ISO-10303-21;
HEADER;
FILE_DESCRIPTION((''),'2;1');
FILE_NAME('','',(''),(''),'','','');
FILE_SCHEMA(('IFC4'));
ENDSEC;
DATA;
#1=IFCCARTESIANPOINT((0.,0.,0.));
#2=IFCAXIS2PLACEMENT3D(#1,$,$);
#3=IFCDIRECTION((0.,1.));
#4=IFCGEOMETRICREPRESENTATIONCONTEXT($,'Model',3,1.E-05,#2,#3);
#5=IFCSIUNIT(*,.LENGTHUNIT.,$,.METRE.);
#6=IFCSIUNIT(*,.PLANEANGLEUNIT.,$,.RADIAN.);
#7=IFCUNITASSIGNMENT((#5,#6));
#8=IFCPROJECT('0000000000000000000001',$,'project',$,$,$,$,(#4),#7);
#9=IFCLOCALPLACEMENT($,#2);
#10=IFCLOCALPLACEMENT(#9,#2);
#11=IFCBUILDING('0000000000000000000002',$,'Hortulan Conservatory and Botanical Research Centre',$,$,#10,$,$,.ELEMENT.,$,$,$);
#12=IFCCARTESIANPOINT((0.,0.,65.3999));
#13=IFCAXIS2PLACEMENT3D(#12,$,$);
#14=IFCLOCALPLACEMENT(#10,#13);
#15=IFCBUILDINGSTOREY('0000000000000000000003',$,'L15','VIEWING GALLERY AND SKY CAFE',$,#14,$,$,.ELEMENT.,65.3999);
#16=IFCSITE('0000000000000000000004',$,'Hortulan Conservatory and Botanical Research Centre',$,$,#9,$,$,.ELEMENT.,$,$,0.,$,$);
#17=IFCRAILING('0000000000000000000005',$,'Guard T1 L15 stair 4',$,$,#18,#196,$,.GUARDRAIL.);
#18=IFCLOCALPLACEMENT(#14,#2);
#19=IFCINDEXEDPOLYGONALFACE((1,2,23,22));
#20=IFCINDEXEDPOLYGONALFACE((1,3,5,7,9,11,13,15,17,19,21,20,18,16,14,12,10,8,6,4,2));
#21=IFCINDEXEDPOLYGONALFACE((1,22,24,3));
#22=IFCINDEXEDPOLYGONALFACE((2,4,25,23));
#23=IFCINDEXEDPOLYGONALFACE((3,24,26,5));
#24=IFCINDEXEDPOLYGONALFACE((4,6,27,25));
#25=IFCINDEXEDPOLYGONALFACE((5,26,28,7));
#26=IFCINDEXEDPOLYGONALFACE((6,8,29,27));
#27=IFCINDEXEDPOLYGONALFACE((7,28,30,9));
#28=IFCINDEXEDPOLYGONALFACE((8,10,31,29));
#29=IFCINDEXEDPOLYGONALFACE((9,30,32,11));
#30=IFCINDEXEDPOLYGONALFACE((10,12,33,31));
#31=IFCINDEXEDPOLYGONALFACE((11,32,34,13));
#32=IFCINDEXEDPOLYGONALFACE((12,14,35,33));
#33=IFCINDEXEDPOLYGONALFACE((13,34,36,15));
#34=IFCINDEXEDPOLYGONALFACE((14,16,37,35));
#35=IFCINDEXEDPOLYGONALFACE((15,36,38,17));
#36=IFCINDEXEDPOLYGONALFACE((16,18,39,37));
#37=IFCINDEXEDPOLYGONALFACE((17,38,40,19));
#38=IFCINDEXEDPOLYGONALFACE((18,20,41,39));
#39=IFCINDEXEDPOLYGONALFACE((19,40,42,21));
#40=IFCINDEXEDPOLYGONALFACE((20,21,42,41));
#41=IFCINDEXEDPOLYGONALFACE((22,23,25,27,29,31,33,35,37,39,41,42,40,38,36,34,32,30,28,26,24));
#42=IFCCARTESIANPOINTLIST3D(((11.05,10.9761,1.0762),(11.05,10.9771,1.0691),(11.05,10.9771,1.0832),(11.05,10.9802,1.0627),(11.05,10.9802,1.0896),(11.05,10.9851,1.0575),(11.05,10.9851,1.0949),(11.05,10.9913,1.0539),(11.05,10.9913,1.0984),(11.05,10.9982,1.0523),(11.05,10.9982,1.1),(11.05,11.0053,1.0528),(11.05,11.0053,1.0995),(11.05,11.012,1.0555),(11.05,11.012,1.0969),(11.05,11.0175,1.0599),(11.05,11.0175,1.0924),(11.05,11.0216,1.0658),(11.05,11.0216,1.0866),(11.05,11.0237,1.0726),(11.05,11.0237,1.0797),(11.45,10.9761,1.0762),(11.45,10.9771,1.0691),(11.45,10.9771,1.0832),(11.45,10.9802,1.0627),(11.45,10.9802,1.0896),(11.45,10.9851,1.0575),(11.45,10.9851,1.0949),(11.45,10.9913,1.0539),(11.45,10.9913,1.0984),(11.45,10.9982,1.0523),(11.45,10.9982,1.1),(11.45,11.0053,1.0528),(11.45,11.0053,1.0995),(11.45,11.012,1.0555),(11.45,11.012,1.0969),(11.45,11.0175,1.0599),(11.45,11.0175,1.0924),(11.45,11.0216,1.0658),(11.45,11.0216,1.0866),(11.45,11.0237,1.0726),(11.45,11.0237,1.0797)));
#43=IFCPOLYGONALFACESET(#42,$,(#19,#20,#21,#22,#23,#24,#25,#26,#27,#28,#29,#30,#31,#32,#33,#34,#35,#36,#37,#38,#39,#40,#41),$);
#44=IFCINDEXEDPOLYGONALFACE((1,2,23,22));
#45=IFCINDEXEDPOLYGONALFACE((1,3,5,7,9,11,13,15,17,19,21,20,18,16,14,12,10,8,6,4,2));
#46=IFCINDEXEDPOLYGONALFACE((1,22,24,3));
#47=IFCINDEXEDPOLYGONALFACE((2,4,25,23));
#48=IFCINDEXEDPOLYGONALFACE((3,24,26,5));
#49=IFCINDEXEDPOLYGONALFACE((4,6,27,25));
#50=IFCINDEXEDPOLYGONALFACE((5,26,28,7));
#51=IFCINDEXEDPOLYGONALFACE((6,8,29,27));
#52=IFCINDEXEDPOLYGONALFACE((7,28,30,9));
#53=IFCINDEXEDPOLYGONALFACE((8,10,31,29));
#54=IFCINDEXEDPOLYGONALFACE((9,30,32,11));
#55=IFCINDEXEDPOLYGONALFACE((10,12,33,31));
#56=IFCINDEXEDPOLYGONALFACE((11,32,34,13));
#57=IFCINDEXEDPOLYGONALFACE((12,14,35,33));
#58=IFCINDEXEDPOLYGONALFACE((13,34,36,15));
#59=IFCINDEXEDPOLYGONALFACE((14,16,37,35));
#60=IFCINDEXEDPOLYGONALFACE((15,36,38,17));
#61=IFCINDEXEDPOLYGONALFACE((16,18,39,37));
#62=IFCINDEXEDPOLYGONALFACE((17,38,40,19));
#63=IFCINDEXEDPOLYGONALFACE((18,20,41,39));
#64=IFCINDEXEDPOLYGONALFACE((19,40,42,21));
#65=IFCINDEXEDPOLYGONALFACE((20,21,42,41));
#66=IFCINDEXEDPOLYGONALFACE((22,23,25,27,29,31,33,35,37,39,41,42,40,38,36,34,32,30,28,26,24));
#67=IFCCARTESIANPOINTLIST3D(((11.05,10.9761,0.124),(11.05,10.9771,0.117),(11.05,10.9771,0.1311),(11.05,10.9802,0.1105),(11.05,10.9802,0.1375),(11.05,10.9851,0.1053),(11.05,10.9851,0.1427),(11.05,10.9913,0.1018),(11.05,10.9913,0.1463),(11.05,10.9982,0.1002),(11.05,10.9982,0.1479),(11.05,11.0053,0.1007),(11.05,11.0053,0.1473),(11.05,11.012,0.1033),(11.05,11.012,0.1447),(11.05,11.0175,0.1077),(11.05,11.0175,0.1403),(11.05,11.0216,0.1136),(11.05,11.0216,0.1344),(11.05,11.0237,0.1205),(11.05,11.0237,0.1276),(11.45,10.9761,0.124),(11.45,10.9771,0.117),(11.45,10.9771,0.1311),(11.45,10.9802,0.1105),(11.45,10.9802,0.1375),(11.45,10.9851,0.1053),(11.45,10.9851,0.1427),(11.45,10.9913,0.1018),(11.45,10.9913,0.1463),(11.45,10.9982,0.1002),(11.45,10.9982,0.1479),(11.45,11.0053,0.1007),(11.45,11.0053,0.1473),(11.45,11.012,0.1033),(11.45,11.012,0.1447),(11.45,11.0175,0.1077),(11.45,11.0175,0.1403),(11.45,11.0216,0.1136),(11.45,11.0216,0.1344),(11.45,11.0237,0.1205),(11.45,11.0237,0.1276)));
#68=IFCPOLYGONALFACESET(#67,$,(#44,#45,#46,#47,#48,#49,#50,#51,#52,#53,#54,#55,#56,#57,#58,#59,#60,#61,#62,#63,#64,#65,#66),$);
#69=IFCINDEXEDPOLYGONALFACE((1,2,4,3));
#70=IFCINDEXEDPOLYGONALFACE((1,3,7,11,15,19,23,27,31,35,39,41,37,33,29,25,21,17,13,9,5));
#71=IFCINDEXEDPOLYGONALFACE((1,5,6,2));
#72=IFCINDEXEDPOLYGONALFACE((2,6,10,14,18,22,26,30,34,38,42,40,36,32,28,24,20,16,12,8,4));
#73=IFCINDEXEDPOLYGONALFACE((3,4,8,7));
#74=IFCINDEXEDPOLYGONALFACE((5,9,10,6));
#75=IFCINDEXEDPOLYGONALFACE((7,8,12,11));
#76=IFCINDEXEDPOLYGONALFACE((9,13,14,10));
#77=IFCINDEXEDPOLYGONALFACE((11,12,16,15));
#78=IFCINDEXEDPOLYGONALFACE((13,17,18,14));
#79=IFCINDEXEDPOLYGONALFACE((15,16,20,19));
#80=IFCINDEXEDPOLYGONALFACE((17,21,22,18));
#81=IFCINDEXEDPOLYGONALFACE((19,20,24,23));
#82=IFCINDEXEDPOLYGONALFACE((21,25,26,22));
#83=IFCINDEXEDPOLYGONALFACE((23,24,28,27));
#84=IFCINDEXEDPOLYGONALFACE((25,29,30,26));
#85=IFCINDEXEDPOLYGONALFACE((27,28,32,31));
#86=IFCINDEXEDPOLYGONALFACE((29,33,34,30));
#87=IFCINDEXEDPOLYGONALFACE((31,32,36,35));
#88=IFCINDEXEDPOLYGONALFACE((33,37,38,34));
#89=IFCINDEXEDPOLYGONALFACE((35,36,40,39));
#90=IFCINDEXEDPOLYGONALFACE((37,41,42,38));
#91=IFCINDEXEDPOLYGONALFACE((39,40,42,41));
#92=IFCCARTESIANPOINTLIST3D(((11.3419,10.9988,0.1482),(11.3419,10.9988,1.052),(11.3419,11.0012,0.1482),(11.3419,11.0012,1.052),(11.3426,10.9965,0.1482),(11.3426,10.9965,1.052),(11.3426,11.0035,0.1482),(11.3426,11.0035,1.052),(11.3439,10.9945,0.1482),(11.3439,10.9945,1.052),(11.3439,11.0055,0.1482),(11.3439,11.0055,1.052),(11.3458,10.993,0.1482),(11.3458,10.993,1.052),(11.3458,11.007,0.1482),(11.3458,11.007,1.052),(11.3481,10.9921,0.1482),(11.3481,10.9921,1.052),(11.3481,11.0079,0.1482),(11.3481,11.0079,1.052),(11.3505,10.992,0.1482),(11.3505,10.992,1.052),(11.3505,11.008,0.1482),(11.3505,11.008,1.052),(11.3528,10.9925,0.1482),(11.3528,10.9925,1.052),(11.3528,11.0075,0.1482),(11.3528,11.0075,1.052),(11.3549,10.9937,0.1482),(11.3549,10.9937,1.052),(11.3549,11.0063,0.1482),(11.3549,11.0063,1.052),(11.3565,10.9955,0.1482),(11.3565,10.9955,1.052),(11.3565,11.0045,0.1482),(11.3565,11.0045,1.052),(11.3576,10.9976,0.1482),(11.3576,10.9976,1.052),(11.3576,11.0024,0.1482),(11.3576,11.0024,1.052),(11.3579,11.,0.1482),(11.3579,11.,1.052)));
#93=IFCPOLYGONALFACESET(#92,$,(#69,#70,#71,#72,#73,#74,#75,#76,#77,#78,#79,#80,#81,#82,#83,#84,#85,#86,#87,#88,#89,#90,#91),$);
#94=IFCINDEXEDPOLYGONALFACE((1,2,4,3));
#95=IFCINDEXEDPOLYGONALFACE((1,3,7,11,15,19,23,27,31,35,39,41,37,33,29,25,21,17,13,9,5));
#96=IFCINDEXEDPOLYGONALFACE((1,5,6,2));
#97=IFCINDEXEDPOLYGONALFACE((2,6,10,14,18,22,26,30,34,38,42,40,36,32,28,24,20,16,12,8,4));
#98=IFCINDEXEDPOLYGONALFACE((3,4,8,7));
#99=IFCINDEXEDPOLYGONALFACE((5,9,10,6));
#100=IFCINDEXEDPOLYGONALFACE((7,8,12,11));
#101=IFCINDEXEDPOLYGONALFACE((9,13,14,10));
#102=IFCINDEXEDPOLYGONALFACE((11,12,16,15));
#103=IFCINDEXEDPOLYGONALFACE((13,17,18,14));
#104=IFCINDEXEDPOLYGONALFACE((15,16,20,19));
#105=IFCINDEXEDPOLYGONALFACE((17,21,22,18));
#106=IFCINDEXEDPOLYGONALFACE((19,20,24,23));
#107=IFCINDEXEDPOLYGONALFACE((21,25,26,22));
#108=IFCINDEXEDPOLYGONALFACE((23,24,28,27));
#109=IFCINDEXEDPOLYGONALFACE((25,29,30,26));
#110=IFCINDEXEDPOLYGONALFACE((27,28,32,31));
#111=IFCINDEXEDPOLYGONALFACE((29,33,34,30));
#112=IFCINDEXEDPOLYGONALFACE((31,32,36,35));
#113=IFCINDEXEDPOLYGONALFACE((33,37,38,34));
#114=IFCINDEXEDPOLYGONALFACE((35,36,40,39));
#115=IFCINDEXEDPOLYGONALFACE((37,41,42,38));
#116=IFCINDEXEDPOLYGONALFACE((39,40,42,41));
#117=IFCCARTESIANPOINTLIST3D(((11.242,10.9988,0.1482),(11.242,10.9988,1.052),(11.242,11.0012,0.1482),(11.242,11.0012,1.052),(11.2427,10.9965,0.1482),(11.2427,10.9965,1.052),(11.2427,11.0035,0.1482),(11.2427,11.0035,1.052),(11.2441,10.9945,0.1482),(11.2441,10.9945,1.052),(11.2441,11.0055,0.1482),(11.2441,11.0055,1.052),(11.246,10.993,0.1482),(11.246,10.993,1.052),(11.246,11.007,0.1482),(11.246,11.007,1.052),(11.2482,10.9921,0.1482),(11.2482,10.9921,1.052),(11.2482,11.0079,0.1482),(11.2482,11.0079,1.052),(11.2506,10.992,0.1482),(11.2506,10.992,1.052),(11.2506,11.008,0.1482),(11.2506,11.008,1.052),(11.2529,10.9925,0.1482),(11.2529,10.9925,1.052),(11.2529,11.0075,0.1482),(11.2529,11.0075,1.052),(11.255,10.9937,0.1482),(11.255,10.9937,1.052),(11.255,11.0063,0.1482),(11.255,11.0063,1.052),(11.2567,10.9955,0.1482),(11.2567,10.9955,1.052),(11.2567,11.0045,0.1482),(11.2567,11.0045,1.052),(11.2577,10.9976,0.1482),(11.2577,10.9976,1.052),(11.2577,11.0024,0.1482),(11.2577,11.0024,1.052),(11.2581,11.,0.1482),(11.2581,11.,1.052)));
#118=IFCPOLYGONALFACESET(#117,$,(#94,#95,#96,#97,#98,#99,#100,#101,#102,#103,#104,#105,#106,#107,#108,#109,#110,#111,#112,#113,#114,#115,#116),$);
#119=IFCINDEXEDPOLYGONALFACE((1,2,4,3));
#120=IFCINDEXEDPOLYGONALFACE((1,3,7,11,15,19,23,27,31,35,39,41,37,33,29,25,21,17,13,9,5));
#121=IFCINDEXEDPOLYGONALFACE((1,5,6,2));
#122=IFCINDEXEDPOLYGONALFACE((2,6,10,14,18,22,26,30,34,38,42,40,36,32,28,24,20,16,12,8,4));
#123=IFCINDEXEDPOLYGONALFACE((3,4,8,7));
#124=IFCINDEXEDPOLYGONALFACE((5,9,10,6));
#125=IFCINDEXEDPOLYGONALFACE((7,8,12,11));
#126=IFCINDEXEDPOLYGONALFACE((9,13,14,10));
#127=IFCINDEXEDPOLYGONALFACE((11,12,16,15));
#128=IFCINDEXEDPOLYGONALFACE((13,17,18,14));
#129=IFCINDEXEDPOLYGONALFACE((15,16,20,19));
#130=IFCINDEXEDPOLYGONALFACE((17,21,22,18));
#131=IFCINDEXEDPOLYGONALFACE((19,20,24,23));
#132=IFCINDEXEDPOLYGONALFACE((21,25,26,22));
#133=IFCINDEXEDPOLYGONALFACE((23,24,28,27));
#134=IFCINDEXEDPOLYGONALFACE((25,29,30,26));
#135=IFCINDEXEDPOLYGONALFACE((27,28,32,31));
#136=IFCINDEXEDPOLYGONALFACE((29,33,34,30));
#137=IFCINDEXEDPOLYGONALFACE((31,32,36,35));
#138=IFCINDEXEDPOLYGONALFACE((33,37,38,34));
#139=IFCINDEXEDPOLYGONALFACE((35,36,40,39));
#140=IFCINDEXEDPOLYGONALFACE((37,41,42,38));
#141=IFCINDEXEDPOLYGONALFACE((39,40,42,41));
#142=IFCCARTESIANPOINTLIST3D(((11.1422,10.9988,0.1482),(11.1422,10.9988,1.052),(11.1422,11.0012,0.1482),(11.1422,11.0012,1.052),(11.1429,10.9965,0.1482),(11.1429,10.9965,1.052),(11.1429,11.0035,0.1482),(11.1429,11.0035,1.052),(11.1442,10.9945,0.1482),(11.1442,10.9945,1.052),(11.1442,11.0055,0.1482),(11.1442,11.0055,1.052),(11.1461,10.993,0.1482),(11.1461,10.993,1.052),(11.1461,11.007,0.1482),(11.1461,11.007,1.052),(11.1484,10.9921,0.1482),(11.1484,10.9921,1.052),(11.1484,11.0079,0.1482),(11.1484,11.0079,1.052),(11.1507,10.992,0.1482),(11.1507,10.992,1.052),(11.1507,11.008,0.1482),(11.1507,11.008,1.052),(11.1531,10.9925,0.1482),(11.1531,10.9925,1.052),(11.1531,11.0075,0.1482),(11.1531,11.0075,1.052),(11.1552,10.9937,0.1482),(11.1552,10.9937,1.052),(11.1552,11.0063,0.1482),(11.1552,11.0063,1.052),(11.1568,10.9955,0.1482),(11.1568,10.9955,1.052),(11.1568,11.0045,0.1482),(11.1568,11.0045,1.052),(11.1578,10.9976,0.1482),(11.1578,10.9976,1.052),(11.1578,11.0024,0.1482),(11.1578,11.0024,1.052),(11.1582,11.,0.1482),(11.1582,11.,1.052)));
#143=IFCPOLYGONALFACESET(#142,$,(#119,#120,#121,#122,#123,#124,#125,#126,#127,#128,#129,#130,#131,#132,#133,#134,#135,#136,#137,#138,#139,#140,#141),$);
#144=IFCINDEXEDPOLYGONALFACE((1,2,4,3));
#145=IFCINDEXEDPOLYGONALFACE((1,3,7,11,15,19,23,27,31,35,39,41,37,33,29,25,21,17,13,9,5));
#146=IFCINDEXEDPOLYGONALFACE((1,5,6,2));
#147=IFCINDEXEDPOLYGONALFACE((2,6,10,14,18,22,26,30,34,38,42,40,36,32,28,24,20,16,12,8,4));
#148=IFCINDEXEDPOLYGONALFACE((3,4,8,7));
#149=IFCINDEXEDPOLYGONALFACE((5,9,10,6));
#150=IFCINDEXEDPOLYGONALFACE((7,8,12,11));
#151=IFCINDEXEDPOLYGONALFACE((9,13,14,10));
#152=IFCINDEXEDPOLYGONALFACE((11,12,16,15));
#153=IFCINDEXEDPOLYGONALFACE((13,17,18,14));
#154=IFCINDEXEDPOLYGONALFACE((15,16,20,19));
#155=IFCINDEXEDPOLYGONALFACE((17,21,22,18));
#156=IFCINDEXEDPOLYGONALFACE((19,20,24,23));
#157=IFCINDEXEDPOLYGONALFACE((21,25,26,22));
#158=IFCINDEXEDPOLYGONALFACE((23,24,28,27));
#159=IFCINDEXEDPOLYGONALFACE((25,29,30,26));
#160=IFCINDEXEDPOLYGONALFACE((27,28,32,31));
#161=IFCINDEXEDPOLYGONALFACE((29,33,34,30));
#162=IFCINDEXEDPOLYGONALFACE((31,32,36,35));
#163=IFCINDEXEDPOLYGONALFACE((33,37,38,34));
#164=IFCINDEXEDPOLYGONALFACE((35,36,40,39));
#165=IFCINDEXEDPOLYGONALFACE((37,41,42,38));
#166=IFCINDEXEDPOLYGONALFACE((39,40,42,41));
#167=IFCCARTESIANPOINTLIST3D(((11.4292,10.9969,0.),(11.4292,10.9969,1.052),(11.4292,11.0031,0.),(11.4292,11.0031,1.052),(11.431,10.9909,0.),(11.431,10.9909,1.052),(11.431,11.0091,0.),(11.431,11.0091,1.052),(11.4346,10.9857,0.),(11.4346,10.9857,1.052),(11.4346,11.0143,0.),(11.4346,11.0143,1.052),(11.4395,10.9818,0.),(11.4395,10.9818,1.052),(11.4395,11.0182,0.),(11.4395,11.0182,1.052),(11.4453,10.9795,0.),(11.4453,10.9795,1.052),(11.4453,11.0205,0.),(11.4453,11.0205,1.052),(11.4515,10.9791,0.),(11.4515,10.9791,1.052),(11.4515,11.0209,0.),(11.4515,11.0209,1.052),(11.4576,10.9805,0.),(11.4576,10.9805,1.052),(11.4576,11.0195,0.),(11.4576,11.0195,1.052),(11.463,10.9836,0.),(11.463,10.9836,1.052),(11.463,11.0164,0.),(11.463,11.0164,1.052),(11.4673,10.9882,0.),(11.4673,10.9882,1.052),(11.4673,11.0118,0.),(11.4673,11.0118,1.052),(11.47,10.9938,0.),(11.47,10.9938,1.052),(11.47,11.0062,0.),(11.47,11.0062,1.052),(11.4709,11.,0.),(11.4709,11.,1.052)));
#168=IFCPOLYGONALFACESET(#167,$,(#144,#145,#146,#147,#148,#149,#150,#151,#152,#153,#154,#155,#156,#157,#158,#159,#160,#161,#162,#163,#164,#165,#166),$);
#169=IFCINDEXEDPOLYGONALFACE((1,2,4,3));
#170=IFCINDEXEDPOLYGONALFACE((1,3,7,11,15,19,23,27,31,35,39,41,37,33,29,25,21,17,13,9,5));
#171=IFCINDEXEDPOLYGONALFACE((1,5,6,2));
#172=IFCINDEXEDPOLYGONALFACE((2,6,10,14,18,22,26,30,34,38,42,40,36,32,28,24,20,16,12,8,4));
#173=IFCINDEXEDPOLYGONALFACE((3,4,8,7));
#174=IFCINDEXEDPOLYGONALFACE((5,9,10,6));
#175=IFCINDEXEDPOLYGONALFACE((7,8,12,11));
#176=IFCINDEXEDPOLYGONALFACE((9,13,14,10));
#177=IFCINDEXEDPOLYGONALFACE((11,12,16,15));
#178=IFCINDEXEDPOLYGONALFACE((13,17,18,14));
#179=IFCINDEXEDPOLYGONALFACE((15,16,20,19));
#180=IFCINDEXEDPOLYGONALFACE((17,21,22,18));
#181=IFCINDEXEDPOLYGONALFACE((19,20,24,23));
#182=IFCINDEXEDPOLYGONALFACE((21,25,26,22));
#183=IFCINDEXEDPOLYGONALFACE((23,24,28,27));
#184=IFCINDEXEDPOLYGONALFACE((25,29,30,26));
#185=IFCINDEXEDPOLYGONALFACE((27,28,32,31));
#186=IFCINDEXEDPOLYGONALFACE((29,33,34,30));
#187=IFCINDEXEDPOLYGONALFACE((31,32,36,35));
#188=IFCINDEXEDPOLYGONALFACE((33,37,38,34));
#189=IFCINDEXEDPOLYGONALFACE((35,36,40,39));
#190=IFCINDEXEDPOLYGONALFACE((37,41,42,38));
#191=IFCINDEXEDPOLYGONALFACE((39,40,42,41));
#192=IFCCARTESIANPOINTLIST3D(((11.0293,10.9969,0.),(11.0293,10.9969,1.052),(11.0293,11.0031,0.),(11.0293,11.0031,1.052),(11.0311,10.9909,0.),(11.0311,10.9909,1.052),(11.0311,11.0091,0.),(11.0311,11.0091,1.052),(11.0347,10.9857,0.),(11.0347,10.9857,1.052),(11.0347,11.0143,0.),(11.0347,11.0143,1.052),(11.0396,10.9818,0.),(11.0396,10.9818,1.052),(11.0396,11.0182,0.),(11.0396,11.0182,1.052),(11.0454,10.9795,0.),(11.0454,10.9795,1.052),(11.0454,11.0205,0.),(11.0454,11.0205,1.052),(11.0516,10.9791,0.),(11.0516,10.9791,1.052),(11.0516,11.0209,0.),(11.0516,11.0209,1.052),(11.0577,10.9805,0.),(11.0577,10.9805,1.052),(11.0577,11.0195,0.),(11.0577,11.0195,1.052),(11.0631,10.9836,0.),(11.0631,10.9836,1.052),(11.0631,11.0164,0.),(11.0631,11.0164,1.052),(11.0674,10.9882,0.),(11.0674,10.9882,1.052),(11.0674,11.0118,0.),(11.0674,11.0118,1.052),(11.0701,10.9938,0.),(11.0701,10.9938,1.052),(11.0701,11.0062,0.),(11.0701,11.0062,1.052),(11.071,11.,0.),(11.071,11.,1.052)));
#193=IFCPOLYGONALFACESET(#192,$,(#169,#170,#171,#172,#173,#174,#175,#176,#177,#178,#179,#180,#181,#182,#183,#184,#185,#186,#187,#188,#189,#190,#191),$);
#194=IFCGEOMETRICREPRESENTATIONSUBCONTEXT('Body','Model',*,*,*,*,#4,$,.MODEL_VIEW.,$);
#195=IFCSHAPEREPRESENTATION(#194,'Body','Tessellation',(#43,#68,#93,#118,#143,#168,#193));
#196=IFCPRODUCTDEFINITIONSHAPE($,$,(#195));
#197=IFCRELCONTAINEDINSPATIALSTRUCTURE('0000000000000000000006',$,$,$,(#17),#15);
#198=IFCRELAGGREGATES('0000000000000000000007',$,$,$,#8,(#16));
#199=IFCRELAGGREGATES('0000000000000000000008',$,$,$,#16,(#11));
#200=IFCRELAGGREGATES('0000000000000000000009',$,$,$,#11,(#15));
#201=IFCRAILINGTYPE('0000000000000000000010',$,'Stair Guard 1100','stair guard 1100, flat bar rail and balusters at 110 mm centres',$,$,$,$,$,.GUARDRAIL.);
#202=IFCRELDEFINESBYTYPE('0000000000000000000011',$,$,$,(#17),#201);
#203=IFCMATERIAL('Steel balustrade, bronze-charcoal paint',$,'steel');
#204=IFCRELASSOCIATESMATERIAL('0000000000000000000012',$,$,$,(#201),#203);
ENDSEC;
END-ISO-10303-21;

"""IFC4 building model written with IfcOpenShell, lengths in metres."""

from ifc_helpers import new_model, si_unit, direction, frame, origin, origin_2d, place, context, subcontext, project, spatial, circle, extrude, material, type_object, element, save


model = new_model("IFC4")

# Units and contexts
model_context = context("Model", 3, precision=1e-05, world=origin(), true_north=direction((0.0, 1.0)))
body_context = subcontext(model_context, "Body", "Model", "MODEL_VIEW")
ifc_project = project(units=[si_unit("LENGTHUNIT", "METRE"), si_unit("PLANEANGLEUNIT", "RADIAN")], contexts=[model_context])

# Site, building, storey
site_placement = place(None, origin())
site = spatial("IfcSite", under=ifc_project, at=site_placement, Name="Hortulan Conservatory and Botanical Research Centre", CompositionType="ELEMENT", RefElevation=0.0)
building_placement = place(site_placement, origin())
building = spatial("IfcBuilding", under=site, at=building_placement, Name="Hortulan Conservatory and Botanical Research Centre", CompositionType="ELEMENT")
storey_placement = place(building_placement, frame((0.0, 0.0, 65.3999)))
storey = spatial("IfcBuildingStorey", under=building, at=storey_placement, Name="L15", Description="VIEWING GALLERY AND SKY CAFE", CompositionType="ELEMENT", Elevation=65.3999)

# Railing
ifc_material_1 = material(Name="Steel balustrade, bronze-charcoal paint", Category="steel")
railing_type_1 = type_object("IfcRailingType", Name="Stair Guard 1100", Description="stair guard 1100, flat bar rail and balusters at 110 mm centres", PredefinedType="GUARDRAIL", material=ifc_material_1)
railing_1_placement = place(storey_placement, frame((11.45, 11.0, 0.0)))
element("IfcRailing", 1, at=railing_1_placement, inside=storey, type_object=railing_type_1, Name="Guard T1 L15 stair 4", PredefinedType="GUARDRAIL", context=body_context, shape_type="SweptSolid", body=[
    extrude(circle(Radius=0.0239, at=origin_2d()), frame((0.0, 0.0, 1.0762), z_axis=(-1.0, 0.0, 0.0), x_axis=(0.0, -1.0, 0.0)), (0.0, 0.0, 1.0), 0.3999),
    extrude(circle(Radius=0.0239, at=origin_2d()), frame((0.0, 0.0, 0.124), z_axis=(-1.0, 0.0, 0.0), x_axis=(0.0, -1.0, 0.0)), (0.0, 0.0, 1.0), 0.3999),
    extrude(circle(Radius=0.0081, at=origin_2d()), frame((-0.1001, 0.0, 0.1482)), (0.0, 0.0, 1.0), 0.9038),
    extrude(circle(Radius=0.0081, at=origin_2d()), frame((-0.2, 0.0, 0.1482)), (0.0, 0.0, 1.0), 0.9038),
    extrude(circle(Radius=0.0081, at=origin_2d()), frame((-0.2998, 0.0, 0.1482)), (0.0, 0.0, 1.0), 0.9038),
    extrude(circle(Radius=0.021, at=origin_2d()), origin(), (0.0, 0.0, 1.0), 1.052),
    extrude(circle(Radius=0.021, at=origin_2d()), frame((-0.3999, 0.0, 0.0)), (0.0, 0.0, 1.0), 1.052),
])

save(model, "model.ifc")
